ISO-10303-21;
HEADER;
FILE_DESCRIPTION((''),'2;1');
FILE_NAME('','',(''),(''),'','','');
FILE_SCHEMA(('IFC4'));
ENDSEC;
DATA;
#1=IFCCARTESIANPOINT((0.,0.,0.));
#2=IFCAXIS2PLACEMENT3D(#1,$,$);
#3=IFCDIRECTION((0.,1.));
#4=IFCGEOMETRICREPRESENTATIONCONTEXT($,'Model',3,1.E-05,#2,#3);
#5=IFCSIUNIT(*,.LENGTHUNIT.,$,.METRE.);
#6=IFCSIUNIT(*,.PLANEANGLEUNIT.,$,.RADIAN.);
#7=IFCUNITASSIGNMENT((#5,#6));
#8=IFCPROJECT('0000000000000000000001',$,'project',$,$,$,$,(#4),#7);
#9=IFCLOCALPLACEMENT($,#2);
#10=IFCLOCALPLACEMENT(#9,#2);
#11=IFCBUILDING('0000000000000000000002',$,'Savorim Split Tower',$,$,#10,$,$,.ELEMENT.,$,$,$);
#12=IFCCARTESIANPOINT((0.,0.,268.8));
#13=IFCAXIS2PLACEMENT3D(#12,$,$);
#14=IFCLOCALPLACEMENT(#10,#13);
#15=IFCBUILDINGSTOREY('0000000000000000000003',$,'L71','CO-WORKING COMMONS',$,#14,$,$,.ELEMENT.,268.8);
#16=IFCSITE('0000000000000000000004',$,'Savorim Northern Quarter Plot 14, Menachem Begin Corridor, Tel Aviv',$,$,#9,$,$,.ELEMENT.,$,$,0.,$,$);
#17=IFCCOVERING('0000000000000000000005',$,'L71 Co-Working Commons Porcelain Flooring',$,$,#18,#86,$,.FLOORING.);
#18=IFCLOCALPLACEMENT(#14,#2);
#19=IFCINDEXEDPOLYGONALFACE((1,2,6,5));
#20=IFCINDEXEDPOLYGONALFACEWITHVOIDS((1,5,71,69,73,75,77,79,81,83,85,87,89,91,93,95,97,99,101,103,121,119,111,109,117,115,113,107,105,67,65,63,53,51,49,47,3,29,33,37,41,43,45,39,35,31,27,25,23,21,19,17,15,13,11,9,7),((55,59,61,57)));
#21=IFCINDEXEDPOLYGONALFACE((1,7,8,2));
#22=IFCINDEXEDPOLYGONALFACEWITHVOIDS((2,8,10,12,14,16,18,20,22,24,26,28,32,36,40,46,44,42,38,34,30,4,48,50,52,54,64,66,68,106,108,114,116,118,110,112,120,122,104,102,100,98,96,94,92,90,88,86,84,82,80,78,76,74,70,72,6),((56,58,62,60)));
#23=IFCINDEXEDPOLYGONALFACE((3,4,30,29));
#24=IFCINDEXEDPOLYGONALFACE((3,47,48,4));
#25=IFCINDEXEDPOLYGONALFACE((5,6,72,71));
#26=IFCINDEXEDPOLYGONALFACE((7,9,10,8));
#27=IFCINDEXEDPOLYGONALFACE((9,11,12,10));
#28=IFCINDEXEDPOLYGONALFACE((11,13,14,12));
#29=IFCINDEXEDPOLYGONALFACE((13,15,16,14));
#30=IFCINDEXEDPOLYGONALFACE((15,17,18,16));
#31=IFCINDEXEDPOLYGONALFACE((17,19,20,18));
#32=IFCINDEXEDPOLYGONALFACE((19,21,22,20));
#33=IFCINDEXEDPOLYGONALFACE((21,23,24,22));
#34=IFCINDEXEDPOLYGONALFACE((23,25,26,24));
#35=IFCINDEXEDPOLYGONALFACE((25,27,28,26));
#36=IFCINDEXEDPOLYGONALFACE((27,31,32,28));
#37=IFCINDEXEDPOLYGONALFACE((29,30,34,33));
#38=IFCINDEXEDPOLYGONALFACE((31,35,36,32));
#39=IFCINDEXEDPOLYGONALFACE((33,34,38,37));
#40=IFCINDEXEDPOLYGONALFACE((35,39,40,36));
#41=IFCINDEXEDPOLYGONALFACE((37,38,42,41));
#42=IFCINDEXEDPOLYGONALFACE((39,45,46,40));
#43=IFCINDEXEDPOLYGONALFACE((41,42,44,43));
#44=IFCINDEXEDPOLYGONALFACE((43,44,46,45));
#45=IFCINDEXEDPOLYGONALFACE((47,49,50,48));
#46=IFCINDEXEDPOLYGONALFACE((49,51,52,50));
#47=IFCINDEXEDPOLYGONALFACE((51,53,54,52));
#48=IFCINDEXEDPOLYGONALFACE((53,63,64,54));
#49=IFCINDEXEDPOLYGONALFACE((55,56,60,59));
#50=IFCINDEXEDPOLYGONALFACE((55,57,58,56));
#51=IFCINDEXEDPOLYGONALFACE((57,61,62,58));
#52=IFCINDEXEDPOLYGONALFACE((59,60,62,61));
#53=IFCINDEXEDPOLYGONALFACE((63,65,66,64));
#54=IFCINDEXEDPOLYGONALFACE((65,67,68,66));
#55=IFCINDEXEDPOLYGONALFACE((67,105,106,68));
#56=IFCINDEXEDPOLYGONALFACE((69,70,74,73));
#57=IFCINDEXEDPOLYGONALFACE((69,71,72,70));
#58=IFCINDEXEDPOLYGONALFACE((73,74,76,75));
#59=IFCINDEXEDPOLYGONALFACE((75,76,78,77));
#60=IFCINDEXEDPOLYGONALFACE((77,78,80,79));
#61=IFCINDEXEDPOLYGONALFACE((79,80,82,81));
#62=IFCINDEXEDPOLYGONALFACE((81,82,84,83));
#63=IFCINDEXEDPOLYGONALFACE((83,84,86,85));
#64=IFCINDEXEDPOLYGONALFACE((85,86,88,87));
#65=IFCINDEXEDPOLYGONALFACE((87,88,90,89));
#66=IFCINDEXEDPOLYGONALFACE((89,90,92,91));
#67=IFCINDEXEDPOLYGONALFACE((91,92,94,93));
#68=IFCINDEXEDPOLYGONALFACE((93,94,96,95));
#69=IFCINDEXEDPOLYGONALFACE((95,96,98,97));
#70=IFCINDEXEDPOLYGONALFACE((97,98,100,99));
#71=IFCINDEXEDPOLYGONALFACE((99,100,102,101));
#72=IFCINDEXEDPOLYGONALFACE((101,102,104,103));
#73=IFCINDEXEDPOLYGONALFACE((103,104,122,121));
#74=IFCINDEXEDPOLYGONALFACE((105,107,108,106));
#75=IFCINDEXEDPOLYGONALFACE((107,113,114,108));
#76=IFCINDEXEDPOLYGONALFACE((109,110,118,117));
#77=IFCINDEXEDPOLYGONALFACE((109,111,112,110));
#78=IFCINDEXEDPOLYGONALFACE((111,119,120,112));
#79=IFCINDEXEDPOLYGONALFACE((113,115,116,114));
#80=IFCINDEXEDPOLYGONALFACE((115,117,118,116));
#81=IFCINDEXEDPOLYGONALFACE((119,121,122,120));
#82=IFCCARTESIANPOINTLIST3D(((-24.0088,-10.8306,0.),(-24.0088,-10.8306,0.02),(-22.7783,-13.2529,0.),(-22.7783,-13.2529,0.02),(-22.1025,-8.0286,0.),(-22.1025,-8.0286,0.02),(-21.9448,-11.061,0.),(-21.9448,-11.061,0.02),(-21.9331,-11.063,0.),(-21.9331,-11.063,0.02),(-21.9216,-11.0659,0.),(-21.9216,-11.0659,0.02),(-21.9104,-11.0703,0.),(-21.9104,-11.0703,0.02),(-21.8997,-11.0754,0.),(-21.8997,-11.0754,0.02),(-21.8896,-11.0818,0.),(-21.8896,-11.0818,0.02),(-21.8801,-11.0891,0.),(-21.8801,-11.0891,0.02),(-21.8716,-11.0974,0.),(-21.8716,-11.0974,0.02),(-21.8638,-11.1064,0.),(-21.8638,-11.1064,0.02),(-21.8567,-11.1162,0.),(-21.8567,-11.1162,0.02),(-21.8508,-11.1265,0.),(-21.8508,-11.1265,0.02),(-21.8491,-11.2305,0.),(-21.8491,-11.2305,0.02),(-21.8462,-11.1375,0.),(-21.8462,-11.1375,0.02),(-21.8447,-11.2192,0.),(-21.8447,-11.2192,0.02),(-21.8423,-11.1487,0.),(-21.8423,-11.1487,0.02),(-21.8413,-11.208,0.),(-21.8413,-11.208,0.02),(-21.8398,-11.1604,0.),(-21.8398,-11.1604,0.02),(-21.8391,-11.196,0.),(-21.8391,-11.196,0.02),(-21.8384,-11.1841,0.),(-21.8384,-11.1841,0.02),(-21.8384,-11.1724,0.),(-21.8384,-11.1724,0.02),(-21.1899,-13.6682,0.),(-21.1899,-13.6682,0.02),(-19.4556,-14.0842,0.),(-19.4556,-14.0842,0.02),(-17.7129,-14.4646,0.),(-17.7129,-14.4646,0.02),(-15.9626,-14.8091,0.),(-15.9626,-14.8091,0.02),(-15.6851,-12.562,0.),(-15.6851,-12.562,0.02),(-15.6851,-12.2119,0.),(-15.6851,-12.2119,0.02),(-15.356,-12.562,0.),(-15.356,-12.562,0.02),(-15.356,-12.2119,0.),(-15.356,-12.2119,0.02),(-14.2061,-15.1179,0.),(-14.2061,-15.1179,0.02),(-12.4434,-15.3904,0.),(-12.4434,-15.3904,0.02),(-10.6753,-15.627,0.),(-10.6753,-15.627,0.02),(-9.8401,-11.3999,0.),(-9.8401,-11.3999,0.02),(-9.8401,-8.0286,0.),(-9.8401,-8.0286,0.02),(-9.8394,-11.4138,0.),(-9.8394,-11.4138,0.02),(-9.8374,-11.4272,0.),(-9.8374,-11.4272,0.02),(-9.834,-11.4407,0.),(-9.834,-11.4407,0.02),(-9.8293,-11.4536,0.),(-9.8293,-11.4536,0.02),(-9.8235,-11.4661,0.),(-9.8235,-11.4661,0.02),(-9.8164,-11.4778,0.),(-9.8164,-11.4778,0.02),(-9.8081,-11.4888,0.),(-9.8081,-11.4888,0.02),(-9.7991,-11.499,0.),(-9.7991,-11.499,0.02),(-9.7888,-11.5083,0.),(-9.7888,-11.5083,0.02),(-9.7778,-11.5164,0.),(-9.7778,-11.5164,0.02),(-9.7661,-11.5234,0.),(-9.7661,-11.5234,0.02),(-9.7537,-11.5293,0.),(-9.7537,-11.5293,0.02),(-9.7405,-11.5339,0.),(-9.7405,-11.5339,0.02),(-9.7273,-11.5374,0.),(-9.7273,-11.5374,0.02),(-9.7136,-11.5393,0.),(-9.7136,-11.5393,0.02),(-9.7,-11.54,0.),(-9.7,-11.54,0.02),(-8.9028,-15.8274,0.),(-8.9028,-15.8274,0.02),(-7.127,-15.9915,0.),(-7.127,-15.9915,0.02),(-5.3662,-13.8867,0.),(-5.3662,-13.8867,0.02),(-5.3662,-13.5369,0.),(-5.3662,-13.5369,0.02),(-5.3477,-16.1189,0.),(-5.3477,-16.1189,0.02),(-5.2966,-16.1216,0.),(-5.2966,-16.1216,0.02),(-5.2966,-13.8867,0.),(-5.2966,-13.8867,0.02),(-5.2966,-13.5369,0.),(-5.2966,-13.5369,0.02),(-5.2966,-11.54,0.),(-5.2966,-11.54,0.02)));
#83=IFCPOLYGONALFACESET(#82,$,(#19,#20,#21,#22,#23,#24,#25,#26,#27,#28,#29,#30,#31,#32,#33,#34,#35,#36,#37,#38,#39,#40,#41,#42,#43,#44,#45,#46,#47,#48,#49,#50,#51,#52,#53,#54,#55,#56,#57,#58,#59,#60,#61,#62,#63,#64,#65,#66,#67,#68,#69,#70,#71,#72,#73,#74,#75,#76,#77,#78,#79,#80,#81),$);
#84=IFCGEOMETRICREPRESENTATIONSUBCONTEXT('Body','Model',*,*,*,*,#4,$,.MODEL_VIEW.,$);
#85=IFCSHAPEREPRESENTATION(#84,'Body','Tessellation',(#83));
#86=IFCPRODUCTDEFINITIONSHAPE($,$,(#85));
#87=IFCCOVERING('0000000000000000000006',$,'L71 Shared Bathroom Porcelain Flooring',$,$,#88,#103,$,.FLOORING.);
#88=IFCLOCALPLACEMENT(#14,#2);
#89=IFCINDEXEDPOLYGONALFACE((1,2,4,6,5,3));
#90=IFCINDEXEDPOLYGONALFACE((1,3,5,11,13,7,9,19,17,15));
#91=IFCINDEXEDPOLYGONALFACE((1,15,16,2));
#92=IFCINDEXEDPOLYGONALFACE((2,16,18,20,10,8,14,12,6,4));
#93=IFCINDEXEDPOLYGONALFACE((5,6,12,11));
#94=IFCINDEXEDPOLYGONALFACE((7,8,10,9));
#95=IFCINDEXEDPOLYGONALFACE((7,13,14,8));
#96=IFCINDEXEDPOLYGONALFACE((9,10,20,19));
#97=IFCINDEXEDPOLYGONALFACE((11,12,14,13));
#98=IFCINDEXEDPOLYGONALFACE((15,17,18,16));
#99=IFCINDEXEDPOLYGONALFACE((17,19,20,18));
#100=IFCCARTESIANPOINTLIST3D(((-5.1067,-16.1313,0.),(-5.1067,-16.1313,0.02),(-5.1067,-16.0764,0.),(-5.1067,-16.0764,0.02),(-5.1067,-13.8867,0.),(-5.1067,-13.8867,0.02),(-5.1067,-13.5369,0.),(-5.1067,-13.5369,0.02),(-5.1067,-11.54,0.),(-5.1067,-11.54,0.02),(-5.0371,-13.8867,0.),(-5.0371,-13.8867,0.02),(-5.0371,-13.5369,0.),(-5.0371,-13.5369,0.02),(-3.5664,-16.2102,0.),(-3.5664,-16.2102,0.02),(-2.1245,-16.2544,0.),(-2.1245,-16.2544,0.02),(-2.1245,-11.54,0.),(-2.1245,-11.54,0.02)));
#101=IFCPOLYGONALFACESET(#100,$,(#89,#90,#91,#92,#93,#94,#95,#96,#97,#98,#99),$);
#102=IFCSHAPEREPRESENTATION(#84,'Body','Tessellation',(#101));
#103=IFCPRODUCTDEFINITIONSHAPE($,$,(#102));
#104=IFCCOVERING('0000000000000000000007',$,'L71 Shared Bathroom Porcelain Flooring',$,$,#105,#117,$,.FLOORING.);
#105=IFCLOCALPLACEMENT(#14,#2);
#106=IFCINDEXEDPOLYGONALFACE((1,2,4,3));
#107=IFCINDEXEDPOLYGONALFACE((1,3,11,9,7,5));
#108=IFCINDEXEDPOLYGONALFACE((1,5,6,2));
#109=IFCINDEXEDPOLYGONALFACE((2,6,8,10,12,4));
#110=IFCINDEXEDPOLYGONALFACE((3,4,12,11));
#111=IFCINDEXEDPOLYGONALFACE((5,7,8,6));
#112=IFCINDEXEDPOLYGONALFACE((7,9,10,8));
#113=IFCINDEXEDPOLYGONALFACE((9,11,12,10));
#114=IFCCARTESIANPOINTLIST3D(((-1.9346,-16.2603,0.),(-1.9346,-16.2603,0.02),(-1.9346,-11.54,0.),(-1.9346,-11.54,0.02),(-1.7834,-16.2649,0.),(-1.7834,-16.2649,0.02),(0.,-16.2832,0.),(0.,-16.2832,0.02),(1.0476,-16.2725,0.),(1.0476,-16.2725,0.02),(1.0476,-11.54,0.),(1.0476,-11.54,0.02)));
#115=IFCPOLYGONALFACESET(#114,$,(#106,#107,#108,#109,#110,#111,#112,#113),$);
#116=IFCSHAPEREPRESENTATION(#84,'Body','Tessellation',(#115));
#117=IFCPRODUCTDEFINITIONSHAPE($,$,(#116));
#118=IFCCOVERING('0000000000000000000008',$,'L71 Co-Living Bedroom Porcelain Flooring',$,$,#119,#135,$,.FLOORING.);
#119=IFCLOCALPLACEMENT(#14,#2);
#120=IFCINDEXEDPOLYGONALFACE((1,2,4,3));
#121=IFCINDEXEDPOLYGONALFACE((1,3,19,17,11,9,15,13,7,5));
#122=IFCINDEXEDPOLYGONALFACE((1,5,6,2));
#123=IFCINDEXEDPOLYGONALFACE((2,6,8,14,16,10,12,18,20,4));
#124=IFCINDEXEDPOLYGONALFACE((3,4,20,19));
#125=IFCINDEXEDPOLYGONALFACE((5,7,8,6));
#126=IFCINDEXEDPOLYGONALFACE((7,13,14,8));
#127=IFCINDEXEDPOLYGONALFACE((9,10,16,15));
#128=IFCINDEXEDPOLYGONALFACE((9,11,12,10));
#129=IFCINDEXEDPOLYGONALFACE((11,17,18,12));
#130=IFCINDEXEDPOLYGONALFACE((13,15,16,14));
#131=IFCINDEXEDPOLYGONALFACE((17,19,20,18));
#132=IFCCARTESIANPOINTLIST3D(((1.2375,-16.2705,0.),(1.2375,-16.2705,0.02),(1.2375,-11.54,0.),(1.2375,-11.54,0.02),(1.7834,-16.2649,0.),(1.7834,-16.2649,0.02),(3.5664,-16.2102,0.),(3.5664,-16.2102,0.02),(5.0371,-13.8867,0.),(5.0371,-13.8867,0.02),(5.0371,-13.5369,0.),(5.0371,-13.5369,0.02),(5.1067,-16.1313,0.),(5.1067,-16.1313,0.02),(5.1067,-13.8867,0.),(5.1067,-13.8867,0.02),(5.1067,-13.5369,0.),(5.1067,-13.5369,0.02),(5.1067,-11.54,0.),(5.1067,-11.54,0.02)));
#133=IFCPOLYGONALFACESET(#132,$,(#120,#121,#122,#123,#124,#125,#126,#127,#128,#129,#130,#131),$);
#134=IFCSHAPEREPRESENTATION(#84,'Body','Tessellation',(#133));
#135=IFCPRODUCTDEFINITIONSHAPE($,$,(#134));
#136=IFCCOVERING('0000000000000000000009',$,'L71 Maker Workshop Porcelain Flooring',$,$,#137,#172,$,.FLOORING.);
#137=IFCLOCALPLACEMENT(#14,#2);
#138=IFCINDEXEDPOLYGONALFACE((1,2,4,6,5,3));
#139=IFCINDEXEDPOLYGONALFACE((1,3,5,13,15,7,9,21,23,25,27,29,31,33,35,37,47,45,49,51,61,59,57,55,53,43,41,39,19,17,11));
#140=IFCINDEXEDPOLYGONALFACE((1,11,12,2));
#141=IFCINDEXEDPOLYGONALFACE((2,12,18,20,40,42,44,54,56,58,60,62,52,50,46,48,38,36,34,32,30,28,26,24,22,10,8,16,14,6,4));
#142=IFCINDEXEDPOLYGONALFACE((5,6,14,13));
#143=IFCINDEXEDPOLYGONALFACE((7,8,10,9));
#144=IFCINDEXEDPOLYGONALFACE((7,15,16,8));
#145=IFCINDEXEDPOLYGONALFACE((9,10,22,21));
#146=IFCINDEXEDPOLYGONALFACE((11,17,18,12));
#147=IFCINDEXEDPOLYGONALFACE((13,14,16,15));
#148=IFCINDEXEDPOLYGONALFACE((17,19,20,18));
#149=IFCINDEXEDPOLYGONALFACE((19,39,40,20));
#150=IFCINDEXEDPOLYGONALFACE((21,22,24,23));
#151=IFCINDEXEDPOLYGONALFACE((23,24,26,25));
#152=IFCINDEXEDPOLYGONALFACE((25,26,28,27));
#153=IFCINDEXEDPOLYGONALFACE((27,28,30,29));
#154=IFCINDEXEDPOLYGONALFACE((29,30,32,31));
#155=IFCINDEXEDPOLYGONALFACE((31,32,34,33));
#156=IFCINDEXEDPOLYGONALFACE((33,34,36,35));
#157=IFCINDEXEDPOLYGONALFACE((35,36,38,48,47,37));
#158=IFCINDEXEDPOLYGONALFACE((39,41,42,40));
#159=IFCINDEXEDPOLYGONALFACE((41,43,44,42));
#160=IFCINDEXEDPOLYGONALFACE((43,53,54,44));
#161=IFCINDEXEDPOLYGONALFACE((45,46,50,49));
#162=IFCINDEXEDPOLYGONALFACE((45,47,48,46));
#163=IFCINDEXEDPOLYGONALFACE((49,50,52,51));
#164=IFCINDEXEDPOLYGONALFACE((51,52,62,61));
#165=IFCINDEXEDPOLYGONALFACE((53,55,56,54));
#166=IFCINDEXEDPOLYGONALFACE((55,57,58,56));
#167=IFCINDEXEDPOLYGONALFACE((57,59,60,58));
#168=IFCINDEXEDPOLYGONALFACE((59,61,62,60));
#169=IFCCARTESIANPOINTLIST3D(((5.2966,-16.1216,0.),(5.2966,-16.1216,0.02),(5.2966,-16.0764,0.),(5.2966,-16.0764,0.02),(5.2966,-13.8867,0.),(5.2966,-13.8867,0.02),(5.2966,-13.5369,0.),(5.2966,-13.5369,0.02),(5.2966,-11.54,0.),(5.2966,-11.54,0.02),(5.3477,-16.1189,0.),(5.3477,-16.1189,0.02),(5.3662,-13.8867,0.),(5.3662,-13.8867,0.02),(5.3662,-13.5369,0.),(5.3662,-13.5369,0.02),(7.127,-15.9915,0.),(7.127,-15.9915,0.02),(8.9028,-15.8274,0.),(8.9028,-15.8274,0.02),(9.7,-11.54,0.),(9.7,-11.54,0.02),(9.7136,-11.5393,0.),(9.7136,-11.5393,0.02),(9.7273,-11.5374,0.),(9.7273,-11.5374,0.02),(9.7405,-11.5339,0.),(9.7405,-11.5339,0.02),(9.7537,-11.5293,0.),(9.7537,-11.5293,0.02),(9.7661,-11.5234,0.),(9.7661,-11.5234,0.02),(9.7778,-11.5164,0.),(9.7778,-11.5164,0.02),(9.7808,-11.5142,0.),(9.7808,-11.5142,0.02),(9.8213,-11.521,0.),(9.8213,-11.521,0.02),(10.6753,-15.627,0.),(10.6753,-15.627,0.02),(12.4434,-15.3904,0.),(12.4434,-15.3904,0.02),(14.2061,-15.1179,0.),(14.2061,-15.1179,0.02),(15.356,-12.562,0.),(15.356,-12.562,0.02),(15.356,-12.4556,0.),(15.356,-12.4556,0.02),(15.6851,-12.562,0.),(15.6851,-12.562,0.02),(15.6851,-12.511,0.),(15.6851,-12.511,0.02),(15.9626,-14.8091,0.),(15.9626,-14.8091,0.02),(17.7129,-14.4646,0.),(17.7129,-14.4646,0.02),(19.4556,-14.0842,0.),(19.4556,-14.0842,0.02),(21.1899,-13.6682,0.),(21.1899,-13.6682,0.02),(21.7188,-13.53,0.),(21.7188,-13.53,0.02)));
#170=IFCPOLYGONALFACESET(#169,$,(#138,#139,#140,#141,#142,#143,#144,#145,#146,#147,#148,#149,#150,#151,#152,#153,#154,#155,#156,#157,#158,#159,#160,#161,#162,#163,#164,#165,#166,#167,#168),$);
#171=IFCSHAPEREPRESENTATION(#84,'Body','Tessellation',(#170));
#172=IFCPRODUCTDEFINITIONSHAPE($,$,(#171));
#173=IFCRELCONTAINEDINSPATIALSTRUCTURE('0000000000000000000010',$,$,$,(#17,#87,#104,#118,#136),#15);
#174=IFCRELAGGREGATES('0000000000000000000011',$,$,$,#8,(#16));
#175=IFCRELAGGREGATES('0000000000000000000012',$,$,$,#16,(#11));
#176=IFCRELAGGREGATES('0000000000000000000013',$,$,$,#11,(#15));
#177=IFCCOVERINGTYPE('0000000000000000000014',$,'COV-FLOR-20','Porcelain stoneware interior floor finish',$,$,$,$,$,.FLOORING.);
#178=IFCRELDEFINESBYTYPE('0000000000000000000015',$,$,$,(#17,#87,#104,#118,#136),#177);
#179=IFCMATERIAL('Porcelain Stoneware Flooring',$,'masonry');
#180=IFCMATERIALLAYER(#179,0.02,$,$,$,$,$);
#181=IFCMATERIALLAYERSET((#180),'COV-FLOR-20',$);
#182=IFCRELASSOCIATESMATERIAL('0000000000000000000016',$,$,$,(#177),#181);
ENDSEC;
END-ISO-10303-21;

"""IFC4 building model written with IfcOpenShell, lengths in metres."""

from ifc_helpers import new_model, si_unit, direction, frame, origin, place, context, subcontext, project, spatial, polyline, outline, extrude, material, layer, layer_set, type_object, element, save


model = new_model("IFC4")

# Units and contexts
model_context = context("Model", 3, precision=1e-05, world=origin(), true_north=direction((0.0, 1.0)))
body_context = subcontext(model_context, "Body", "Model", "MODEL_VIEW")
ifc_project = project(units=[si_unit("LENGTHUNIT", "METRE"), si_unit("PLANEANGLEUNIT", "RADIAN")], contexts=[model_context])

# Site, building, storey
site_placement = place(None, origin())
site = spatial("IfcSite", under=ifc_project, at=site_placement, Name="Savorim Northern Quarter Plot 14, Menachem Begin Corridor, Tel Aviv", CompositionType="ELEMENT", RefElevation=0.0)
building_placement = place(site_placement, origin())
building = spatial("IfcBuilding", under=site, at=building_placement, Name="Savorim Split Tower", CompositionType="ELEMENT")
storey_placement = place(building_placement, frame((0.0, 0.0, 268.8)))
storey = spatial("IfcBuildingStorey", under=building, at=storey_placement, Name="L71", Description="CO-WORKING COMMONS", CompositionType="ELEMENT", Elevation=268.8)

# Coverings
ifc_material_1 = material(Name="Porcelain Stoneware Flooring", Category="masonry")
ifc_layer_1 = layer(ifc_material_1, 0.02)
ifc_layer_set_1 = layer_set([ifc_layer_1], Name="COV-FLOR-20")
covering_type_1 = type_object("IfcCoveringType", Name="COV-FLOR-20", Description="Porcelain stoneware interior floor finish", PredefinedType="FLOORING", material=ifc_layer_set_1)
covering_1_placement = place(storey_placement, origin())
element("IfcCovering", 1, at=covering_1_placement, inside=storey, type_object=covering_type_1, Name="L71 Co-Working Commons Porcelain Flooring", PredefinedType="FLOORING", context=body_context, shape_type="SweptSolid", body=[
    extrude(outline(polyline([(-21.8384, -11.1841), (-21.8391, -11.196), (-21.8413, -11.208), (-21.8447, -11.2192), (-21.8491, -11.2305), (-22.7783, -13.2529), (-21.1899, -13.6682), (-19.4556, -14.0842), (-17.7129, -14.4646), (-15.9626, -14.8091), (-14.2061, -15.1179), (-12.4434, -15.3904), (-10.6753, -15.627), (-8.9028, -15.8274), (-7.127, -15.9915), (-5.3477, -16.1189), (-5.2966, -16.1216), (-5.2966, -13.8867), (-5.3662, -13.8867), (-5.3662, -13.5369), (-5.2966, -13.5369), (-5.2966, -11.54), (-9.7, -11.54), (-9.7136, -11.5393), (-9.7273, -11.5374), (-9.7405, -11.5339), (-9.7537, -11.5293), (-9.7661, -11.5234), (-9.7778, -11.5164), (-9.7888, -11.5083), (-9.7991, -11.499), (-9.8081, -11.4888), (-9.8164, -11.4778), (-9.8235, -11.4661), (-9.8293, -11.4536), (-9.834, -11.4407), (-9.8374, -11.4272), (-9.8394, -11.4138), (-9.8401, -11.3999), (-9.8401, -8.0286), (-22.1025, -8.0286), (-24.0088, -10.8306), (-21.9448, -11.061), (-21.9331, -11.063), (-21.9216, -11.0659), (-21.9104, -11.0703), (-21.8997, -11.0754), (-21.8896, -11.0818), (-21.8801, -11.0891), (-21.8716, -11.0974), (-21.8638, -11.1064), (-21.8567, -11.1162), (-21.8508, -11.1265), (-21.8462, -11.1375), (-21.8423, -11.1487), (-21.8398, -11.1604), (-21.8384, -11.1724), (-21.8384, -11.1841)]), holes=[polyline([(-15.6851, -12.562), (-15.356, -12.562), (-15.356, -12.2119), (-15.6851, -12.2119), (-15.6851, -12.562)])]), origin(), (0.0, 0.0, 1.0), 0.02),
])
covering_2_placement = place(storey_placement, origin())
element("IfcCovering", 2, at=covering_2_placement, inside=storey, type_object=covering_type_1, Name="L71 Shared Bathroom Porcelain Flooring", PredefinedType="FLOORING", context=body_context, shape_type="SweptSolid", body=[
    extrude(outline(polyline([(-5.1067, -16.0764), (-5.1067, -16.1313), (-3.5664, -16.2102), (-2.1245, -16.2544), (-2.1245, -11.54), (-5.1067, -11.54), (-5.1067, -13.5369), (-5.0371, -13.5369), (-5.0371, -13.8867), (-5.1067, -13.8867), (-5.1067, -16.0764)])), origin(), (0.0, 0.0, 1.0), 0.02),
])
covering_3_placement = place(storey_placement, origin())
element("IfcCovering", 3, at=covering_3_placement, inside=storey, type_object=covering_type_1, Name="L71 Shared Bathroom Porcelain Flooring", PredefinedType="FLOORING", context=body_context, shape_type="SweptSolid", body=[
    extrude(outline(polyline([(-1.9346, -16.2603), (-1.7834, -16.2649), (0.0, -16.2832), (1.0476, -16.2725), (1.0476, -11.54), (-1.9346, -11.54), (-1.9346, -16.2603)])), origin(), (0.0, 0.0, 1.0), 0.02),
])
covering_4_placement = place(storey_placement, origin())
element("IfcCovering", 4, at=covering_4_placement, inside=storey, type_object=covering_type_1, Name="L71 Co-Living Bedroom Porcelain Flooring", PredefinedType="FLOORING", context=body_context, shape_type="SweptSolid", body=[
    extrude(outline(polyline([(1.2375, -11.54), (1.2375, -16.2705), (1.7834, -16.2649), (3.5664, -16.2102), (5.1067, -16.1313), (5.1067, -13.8867), (5.0371, -13.8867), (5.0371, -13.5369), (5.1067, -13.5369), (5.1067, -11.54), (1.2375, -11.54)])), origin(), (0.0, 0.0, 1.0), 0.02),
])
covering_5_placement = place(storey_placement, origin())
element("IfcCovering", 5, at=covering_5_placement, inside=storey, type_object=covering_type_1, Name="L71 Maker Workshop Porcelain Flooring", PredefinedType="FLOORING", context=body_context, shape_type="SweptSolid", body=[
    extrude(outline(polyline([(15.9626, -14.8091), (17.7129, -14.4646), (19.4556, -14.0842), (21.1899, -13.6682), (21.7188, -13.53), (15.6851, -12.511), (15.6851, -12.562), (15.356, -12.562), (15.356, -12.4556), (9.8213, -11.521), (9.7808, -11.5142), (9.7778, -11.5164), (9.7661, -11.5234), (9.7537, -11.5293), (9.7405, -11.5339), (9.7273, -11.5374), (9.7136, -11.5393), (9.7, -11.54), (5.2966, -11.54), (5.2966, -13.5369), (5.3662, -13.5369), (5.3662, -13.8867), (5.2966, -13.8867), (5.2966, -16.0764), (5.2966, -16.1216), (5.3477, -16.1189), (7.127, -15.9915), (8.9028, -15.8274), (10.6753, -15.627), (12.4434, -15.3904), (14.2061, -15.1179), (15.9626, -14.8091)])), origin(), (0.0, 0.0, 1.0), 0.02),
])

save(model, "model.ifc")
